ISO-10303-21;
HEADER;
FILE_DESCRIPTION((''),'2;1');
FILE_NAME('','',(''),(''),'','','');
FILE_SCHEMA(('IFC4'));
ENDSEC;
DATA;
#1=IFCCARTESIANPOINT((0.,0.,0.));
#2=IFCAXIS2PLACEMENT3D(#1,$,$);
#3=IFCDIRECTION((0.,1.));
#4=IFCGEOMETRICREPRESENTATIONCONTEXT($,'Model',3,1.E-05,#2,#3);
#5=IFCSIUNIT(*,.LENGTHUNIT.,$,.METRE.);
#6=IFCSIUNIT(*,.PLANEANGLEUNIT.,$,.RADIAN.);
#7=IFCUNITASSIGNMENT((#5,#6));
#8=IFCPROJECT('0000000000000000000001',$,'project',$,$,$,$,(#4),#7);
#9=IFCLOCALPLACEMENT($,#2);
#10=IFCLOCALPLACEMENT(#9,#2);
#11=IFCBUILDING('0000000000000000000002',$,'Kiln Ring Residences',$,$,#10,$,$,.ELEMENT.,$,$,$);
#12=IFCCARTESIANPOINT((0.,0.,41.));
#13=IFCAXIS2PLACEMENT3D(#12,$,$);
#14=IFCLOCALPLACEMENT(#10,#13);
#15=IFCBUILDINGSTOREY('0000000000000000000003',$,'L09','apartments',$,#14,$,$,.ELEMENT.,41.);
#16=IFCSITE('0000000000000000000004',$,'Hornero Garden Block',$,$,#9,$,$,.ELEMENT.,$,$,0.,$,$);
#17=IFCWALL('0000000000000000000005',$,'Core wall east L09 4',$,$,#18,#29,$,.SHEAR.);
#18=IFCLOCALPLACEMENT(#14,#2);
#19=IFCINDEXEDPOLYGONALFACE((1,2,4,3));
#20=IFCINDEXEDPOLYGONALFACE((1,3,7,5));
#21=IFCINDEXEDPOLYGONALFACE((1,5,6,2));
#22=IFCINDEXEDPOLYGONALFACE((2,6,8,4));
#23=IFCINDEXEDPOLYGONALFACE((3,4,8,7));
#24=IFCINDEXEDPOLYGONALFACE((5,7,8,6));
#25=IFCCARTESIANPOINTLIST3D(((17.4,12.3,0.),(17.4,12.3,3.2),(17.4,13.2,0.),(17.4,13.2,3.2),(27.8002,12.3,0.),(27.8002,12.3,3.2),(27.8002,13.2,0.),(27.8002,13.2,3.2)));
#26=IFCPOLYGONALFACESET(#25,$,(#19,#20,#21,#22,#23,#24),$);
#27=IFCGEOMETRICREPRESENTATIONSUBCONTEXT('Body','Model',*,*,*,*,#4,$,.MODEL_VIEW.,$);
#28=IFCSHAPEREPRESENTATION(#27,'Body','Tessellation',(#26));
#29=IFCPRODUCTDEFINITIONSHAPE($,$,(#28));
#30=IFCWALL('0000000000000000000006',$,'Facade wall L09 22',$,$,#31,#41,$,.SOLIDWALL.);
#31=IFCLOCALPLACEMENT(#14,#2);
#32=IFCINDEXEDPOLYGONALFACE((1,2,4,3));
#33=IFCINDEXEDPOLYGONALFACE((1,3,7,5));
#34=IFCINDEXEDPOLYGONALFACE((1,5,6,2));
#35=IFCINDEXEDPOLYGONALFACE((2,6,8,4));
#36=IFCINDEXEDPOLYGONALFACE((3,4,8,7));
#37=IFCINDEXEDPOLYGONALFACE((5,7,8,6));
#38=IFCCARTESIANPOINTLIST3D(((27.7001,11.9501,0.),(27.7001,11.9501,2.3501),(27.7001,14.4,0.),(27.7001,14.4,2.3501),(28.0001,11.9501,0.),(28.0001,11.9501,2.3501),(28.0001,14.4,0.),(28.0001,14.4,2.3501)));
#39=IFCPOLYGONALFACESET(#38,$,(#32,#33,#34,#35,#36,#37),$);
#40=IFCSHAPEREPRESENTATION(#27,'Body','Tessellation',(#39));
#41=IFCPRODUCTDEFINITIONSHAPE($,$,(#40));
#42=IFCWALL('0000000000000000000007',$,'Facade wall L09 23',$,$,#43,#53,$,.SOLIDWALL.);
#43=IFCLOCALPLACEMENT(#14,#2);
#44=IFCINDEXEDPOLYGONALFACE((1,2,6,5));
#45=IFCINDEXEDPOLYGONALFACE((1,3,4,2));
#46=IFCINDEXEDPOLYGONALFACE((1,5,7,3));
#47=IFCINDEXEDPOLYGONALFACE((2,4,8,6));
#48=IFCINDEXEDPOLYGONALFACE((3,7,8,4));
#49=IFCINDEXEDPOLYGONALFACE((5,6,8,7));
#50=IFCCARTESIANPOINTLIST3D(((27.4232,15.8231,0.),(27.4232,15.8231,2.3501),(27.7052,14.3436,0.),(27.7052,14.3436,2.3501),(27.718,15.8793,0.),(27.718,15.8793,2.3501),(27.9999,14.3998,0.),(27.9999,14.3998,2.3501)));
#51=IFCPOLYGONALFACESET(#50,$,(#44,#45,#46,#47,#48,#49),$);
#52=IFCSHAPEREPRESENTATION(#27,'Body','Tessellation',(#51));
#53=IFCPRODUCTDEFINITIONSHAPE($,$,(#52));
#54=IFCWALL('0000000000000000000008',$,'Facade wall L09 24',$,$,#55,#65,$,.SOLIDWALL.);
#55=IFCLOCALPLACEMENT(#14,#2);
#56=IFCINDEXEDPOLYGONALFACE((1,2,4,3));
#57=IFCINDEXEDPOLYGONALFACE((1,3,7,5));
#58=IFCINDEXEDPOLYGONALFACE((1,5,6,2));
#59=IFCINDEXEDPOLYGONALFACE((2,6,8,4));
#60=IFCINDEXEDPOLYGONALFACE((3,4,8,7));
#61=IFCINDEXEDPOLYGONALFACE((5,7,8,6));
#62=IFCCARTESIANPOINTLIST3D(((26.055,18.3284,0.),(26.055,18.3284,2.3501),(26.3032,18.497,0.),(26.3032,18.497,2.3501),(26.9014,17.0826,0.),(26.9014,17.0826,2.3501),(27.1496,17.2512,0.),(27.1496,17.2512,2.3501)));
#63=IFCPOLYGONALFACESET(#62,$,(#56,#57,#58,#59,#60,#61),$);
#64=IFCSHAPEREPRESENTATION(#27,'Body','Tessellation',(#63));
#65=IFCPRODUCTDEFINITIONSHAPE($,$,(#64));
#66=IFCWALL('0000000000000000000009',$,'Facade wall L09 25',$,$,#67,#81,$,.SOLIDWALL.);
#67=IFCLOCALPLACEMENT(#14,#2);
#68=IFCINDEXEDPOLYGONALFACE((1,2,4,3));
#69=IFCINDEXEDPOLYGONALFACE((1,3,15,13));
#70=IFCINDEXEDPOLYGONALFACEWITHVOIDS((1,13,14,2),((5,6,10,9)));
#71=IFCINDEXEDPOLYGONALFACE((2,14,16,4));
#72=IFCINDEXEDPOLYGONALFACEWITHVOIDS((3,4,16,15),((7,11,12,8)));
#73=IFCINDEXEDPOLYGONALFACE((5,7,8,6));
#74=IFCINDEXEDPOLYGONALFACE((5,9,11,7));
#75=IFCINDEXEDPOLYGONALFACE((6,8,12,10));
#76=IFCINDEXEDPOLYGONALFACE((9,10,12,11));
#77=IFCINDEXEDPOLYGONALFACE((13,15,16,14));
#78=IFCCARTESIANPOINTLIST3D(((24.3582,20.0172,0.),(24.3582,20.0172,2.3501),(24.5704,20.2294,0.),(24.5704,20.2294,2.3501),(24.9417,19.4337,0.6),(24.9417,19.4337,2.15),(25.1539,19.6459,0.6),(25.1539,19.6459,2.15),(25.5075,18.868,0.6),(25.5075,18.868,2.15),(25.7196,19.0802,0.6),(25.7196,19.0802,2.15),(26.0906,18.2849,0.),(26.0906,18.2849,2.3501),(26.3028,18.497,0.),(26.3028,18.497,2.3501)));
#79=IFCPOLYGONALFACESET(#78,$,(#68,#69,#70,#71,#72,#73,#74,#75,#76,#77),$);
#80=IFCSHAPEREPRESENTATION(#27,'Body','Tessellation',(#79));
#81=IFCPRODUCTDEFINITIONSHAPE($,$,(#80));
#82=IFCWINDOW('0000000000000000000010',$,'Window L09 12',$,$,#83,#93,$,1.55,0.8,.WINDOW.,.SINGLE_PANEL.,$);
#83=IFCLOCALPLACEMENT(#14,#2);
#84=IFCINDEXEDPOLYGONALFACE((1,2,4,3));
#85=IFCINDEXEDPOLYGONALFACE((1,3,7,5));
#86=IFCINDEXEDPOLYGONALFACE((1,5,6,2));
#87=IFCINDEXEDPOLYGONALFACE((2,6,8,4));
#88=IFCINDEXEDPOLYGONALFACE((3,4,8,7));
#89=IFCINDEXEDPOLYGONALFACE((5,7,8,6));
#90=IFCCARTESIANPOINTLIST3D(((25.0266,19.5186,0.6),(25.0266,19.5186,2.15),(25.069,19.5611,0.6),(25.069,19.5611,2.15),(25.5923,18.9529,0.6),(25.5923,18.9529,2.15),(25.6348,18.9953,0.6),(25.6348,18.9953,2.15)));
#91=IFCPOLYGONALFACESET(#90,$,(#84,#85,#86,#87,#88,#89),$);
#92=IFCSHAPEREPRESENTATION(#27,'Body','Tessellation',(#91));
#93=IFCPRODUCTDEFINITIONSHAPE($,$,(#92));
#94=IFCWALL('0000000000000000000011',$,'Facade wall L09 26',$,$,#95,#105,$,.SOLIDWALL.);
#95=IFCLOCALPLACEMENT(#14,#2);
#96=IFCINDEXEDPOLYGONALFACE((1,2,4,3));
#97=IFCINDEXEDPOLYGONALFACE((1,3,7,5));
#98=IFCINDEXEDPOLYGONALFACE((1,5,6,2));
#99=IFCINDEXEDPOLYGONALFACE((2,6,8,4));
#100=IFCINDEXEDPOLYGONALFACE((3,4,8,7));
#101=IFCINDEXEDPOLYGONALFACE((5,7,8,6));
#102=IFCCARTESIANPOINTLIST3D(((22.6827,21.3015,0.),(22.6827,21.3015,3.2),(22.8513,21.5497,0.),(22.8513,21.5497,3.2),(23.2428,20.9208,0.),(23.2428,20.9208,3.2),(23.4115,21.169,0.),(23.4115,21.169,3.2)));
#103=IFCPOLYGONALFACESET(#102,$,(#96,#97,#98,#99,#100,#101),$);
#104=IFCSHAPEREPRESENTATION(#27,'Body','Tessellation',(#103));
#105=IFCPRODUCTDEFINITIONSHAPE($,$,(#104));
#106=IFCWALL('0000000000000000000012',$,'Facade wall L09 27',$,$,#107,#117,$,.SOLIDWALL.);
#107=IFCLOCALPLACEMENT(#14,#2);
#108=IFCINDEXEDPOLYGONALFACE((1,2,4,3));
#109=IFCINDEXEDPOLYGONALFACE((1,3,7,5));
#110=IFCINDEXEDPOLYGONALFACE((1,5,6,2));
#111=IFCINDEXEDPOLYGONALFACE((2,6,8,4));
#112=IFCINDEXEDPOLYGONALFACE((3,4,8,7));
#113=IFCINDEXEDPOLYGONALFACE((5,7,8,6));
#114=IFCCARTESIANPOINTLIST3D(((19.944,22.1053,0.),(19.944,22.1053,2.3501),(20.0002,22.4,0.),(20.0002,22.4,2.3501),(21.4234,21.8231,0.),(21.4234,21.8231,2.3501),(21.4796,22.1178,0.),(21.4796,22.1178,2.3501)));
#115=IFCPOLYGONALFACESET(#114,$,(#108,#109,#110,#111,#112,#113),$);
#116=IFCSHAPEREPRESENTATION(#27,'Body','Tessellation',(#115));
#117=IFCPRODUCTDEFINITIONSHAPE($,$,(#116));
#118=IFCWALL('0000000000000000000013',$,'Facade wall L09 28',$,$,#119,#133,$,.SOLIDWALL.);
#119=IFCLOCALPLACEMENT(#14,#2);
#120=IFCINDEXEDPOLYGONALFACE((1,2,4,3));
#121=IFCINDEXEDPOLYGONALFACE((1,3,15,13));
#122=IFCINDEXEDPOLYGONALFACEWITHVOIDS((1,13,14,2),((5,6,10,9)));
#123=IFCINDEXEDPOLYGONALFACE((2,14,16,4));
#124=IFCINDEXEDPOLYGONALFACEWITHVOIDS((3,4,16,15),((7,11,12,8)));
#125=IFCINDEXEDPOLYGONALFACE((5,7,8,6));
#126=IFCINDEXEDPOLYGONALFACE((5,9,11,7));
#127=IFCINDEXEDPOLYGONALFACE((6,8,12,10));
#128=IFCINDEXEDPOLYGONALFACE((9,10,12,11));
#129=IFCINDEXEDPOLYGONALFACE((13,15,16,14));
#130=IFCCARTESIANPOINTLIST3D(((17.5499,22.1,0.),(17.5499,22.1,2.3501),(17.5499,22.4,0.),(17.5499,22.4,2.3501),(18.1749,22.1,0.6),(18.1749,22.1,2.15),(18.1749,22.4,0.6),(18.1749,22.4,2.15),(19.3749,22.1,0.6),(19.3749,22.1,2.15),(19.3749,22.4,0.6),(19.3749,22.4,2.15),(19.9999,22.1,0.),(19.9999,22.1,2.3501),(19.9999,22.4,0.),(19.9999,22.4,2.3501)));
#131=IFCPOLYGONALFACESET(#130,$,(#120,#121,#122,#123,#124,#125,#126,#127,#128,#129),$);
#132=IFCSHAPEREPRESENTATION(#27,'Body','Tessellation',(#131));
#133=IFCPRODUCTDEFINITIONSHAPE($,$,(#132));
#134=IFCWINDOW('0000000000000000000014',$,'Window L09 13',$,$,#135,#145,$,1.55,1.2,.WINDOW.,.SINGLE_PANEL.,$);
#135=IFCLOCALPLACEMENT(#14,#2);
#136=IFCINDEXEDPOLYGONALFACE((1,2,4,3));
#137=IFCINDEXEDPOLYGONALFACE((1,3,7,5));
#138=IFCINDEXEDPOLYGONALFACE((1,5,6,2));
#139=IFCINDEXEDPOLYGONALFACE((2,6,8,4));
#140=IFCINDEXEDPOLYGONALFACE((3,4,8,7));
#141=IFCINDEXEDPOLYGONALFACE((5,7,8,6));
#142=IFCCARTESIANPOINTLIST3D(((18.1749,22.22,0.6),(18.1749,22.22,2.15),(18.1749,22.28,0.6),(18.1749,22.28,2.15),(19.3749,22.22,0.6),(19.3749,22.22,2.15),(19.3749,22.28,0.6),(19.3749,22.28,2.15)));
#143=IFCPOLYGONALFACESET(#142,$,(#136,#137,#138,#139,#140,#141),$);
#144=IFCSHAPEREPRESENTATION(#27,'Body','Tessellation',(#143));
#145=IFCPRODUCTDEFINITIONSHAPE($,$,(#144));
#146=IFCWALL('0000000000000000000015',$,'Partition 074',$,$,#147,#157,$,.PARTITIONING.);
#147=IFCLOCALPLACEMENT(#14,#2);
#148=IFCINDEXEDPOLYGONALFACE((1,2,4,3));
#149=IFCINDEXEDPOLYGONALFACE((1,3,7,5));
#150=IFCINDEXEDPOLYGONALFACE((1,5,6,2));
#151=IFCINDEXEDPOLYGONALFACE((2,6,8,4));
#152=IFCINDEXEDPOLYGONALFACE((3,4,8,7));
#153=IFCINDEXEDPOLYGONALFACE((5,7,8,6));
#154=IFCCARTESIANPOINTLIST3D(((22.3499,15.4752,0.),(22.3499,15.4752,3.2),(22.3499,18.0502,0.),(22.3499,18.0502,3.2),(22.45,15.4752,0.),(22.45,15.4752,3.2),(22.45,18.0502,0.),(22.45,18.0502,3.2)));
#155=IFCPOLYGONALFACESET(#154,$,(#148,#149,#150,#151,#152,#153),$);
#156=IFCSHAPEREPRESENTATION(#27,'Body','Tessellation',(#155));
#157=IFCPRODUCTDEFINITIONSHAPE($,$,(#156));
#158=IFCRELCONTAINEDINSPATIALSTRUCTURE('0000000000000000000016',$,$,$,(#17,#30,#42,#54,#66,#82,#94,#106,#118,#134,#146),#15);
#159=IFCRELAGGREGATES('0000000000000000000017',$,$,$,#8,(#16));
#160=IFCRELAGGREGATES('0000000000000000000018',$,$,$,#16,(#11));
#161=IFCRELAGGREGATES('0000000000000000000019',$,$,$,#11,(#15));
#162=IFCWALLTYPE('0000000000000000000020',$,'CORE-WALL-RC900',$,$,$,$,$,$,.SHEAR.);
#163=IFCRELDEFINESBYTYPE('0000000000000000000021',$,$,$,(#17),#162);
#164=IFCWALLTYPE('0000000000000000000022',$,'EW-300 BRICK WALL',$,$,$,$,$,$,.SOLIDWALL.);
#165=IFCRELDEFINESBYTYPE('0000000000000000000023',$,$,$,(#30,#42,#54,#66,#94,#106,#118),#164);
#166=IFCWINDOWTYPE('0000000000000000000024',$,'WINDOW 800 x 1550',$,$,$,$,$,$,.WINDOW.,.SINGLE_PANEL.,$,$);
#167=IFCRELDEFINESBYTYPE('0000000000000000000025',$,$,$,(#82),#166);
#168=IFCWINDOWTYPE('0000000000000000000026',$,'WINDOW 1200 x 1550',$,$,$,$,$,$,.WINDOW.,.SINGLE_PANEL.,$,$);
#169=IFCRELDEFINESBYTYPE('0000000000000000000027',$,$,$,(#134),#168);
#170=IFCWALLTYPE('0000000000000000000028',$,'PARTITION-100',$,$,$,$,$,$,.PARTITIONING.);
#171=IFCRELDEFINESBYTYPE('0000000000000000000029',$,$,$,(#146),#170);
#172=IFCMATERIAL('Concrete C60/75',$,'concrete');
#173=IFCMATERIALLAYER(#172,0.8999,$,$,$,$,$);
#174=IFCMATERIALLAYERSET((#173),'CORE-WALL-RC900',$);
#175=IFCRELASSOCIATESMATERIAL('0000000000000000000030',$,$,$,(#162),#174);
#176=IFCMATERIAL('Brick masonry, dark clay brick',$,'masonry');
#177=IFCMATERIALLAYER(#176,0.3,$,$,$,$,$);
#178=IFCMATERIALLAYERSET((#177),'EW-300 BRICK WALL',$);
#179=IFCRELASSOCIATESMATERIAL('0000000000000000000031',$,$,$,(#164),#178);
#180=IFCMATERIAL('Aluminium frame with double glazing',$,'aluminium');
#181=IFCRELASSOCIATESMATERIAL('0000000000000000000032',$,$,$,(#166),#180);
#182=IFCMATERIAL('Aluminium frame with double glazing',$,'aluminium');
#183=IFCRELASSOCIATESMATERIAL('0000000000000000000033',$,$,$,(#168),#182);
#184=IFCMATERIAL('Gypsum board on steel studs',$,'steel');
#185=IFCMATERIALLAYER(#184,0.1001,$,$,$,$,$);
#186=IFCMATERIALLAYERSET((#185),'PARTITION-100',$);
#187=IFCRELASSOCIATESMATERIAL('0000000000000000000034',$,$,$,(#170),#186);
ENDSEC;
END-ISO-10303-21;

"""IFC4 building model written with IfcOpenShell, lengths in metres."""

from ifc_helpers import new_model, si_unit, direction, frame, frame_2d, origin, place, context, subcontext, project, spatial, rectangle, extrude, material, layer, layer_set, type_object, element, fill, save


model = new_model("IFC4")

# Units and contexts
model_context = context("Model", 3, precision=1e-05, world=origin(), true_north=direction((0.0, 1.0)))
body_context = subcontext(model_context, "Body", "Model", "MODEL_VIEW")
ifc_project = project(units=[si_unit("LENGTHUNIT", "METRE"), si_unit("PLANEANGLEUNIT", "RADIAN")], contexts=[model_context])

# Site, building, storey
site_placement = place(None, origin())
site = spatial("IfcSite", under=ifc_project, at=site_placement, Name="Hornero Garden Block", CompositionType="ELEMENT", RefElevation=0.0)
building_placement = place(site_placement, origin())
building = spatial("IfcBuilding", under=site, at=building_placement, Name="Kiln Ring Residences", CompositionType="ELEMENT")
storey_placement = place(building_placement, frame((0.0, 0.0, 41.0)))
storey = spatial("IfcBuildingStorey", under=building, at=storey_placement, Name="L09", Description="apartments", CompositionType="ELEMENT", Elevation=41.0)

# Walls
ifc_material_1 = material(Name="Concrete C60/75", Category="concrete")
ifc_layer_1 = layer(ifc_material_1, 0.8999)
ifc_layer_set_1 = layer_set([ifc_layer_1], Name="CORE-WALL-RC900")
wall_type_1 = type_object("IfcWallType", Name="CORE-WALL-RC900", PredefinedType="SHEAR", material=ifc_layer_set_1)
wall_1_placement = place(storey_placement, frame((17.3999, 12.75, 0.0), z_axis=(0.0, 0.0, 1.0), x_axis=(1.0, 0.0, 0.0)))
element("IfcWall", 1, at=wall_1_placement, inside=storey, type_object=wall_type_1, Name="Core wall east L09 4", PredefinedType="SHEAR", context=body_context, shape_type="SweptSolid", body=[
    extrude(rectangle(XDim=10.4001, YDim=0.8999, at=frame_2d((5.2002, 0.0))), origin(), (0.0, 0.0, 1.0), 3.2),
])
ifc_material_2 = material(Name="Brick masonry, dark clay brick", Category="masonry")
ifc_layer_2 = layer(ifc_material_2, 0.3)
ifc_layer_set_2 = layer_set([ifc_layer_2], Name="EW-300 BRICK WALL")
wall_type_2 = type_object("IfcWallType", Name="EW-300 BRICK WALL", PredefinedType="SOLIDWALL", material=ifc_layer_set_2)
wall_2_placement = place(storey_placement, frame((27.8501, 11.95, 0.0), z_axis=(0.0, 0.0, 1.0), x_axis=(0.0, 1.0, 0.0)))
element("IfcWall", 2, at=wall_2_placement, inside=storey, type_object=wall_type_2, Name="Facade wall L09 22", PredefinedType="SOLIDWALL", context=body_context, shape_type="SweptSolid", body=[
    extrude(rectangle(XDim=2.45, YDim=0.3, at=frame_2d((1.2251, 0.0))), origin(), (0.0, 0.0, 1.0), 2.3501),
])
for number, where, z_axis, x_axis, name in (
    (3, (27.8525, 14.3718, 0.0), (0.0, 0.0, 1.0), (-0.187224, 0.982317, 0.0), "Facade wall L09 23"),
    (4, (27.0254, 17.167, 0.0), (0.0, 0.0, 1.0), (-0.561973, 0.827156, 0.0), "Facade wall L09 24"),
):
    element("IfcWall", number, at=place(storey_placement, frame(where, z_axis=z_axis, x_axis=x_axis)), inside=storey, type_object=wall_type_2, Name=name, PredefinedType="SOLIDWALL", context=body_context, shape_type="SweptSolid", body=[
        extrude(rectangle(XDim=1.5061, YDim=0.3, at=frame_2d((0.7529, 0.0))), origin(), (0.0, 0.0, 1.0), 2.3501),
    ])

# Wall, opening, window
wall_3_placement = place(storey_placement, frame((26.1968, 18.3909, 0.0), z_axis=(0.0, 0.0, 1.0), x_axis=(-0.707107, 0.707107, 0.0)))
wall_3 = element("IfcWall", 5, at=wall_3_placement, inside=storey, type_object=wall_type_2, Name="Facade wall L09 25", PredefinedType="SOLIDWALL", context=body_context, shape_type="SweptSolid", body=[
    extrude(rectangle(XDim=2.45, YDim=0.3, at=frame_2d((1.2251, 0.0))), origin(), (0.0, 0.0, 1.0), 2.3501),
])
opening_1_placement = place(wall_3_placement, frame((0.825, 0.0, 0.6001)))
opening_1 = element("IfcOpeningElement", 6, at=opening_1_placement, cuts=wall_3, PredefinedType="OPENING", context=body_context, shape_type="SweptSolid", body=[
    extrude(rectangle(XDim=0.8, YDim=1.55, at=frame_2d((0.3999, 0.7749))), frame((0.0, 0.1599, 0.0), z_axis=(0.0, -1.0, 0.0), x_axis=(1.0, 0.0, 0.0)), (0.0, 0.0, 1.0), 0.3201),
])
ifc_material_3 = material(Name="Aluminium frame with double glazing", Category="aluminium")
window_type_1 = type_object("IfcWindowType", Name="WINDOW 800 x 1550", PartitioningType="SINGLE_PANEL", PredefinedType="WINDOW", material=ifc_material_3)
window_1_placement = place(opening_1_placement, origin())
window_1 = element("IfcWindow", 7, at=window_1_placement, inside=storey, type_object=window_type_1, Name="Window L09 12", OverallHeight=1.55, OverallWidth=0.8, PartitioningType="SINGLE_PANEL", PredefinedType="WINDOW", context=body_context, shape_type="SweptSolid", body=[
    extrude(rectangle(XDim=0.8, YDim=1.55, at=frame_2d((0.3999, 0.7749))), frame((0.0, 0.03, 0.0), z_axis=(0.0, -1.0, 0.0), x_axis=(1.0, 0.0, 0.0)), (0.0, 0.0, 1.0), 0.0601),
])
fill(opening_1, window_1)

# Walls
wall_4_placement = place(storey_placement, frame((23.3271, 21.0449, 0.0), z_axis=(0.0, 0.0, 1.0), x_axis=(-0.827081, 0.562083, 0.0)))
element("IfcWall", 8, at=wall_4_placement, inside=storey, type_object=wall_type_2, Name="Facade wall L09 26", PredefinedType="SOLIDWALL", context=body_context, shape_type="SweptSolid", body=[
    extrude(rectangle(XDim=0.6772, YDim=0.3, at=frame_2d((0.3386, 0.0))), origin(), (0.0, 0.0, 1.0), 3.2),
])
wall_5_placement = place(storey_placement, frame((21.4514, 21.9705, 0.0), z_axis=(0.0, 0.0, 1.0), x_axis=(-0.982287, 0.18738, 0.0)))
element("IfcWall", 9, at=wall_5_placement, inside=storey, type_object=wall_type_2, Name="Facade wall L09 27", PredefinedType="SOLIDWALL", context=body_context, shape_type="SweptSolid", body=[
    extrude(rectangle(XDim=1.5061, YDim=0.3, at=frame_2d((0.7529, 0.0))), origin(), (0.0, 0.0, 1.0), 2.3501),
])

# Wall, opening, window
wall_6_placement = place(storey_placement, frame((20.0, 22.25, 0.0), z_axis=(0.0, 0.0, 1.0), x_axis=(-1.0, 0.0, 0.0)))
wall_6 = element("IfcWall", 10, at=wall_6_placement, inside=storey, type_object=wall_type_2, Name="Facade wall L09 28", PredefinedType="SOLIDWALL", context=body_context, shape_type="SweptSolid", body=[
    extrude(rectangle(XDim=2.45, YDim=0.3, at=frame_2d((1.2251, 0.0))), origin(), (0.0, 0.0, 1.0), 2.3501),
])
opening_2_placement = place(wall_6_placement, frame((0.625, 0.0, 0.6001)))
opening_2 = element("IfcOpeningElement", 11, at=opening_2_placement, cuts=wall_6, PredefinedType="OPENING", context=body_context, shape_type="SweptSolid", body=[
    extrude(rectangle(XDim=1.2, YDim=1.55, at=frame_2d((0.6001, 0.7749))), frame((0.0, 0.1599, 0.0), z_axis=(0.0, -1.0, 0.0), x_axis=(1.0, 0.0, 0.0)), (0.0, 0.0, 1.0), 0.3201),
])
ifc_material_4 = material(Name="Aluminium frame with double glazing", Category="aluminium")
window_type_2 = type_object("IfcWindowType", Name="WINDOW 1200 x 1550", PartitioningType="SINGLE_PANEL", PredefinedType="WINDOW", material=ifc_material_4)
window_2_placement = place(opening_2_placement, origin())
window_2 = element("IfcWindow", 12, at=window_2_placement, inside=storey, type_object=window_type_2, Name="Window L09 13", OverallHeight=1.55, OverallWidth=1.2, PartitioningType="SINGLE_PANEL", PredefinedType="WINDOW", context=body_context, shape_type="SweptSolid", body=[
    extrude(rectangle(XDim=1.2, YDim=1.55, at=frame_2d((0.6001, 0.7749))), frame((0.0, 0.03, 0.0), z_axis=(0.0, -1.0, 0.0), x_axis=(1.0, 0.0, 0.0)), (0.0, 0.0, 1.0), 0.0601),
])
fill(opening_2, window_2)

# Wall
ifc_material_5 = material(Name="Gypsum board on steel studs", Category="steel")
ifc_layer_3 = layer(ifc_material_5, 0.1001)
ifc_layer_set_3 = layer_set([ifc_layer_3], Name="PARTITION-100")
wall_type_3 = type_object("IfcWallType", Name="PARTITION-100", PredefinedType="PARTITIONING", material=ifc_layer_set_3)
wall_7_placement = place(storey_placement, frame((22.3999, 15.4751, 0.0), z_axis=(0.0, 0.0, 1.0), x_axis=(0.0, 1.0, 0.0)))
element("IfcWall", 13, at=wall_7_placement, inside=storey, type_object=wall_type_3, Name="Partition 074", PredefinedType="PARTITIONING", context=body_context, shape_type="SweptSolid", body=[
    extrude(rectangle(XDim=2.575, YDim=0.1001, at=frame_2d((1.2876, 0.0))), origin(), (0.0, 0.0, 1.0), 3.2),
])

save(model, "model.ifc")
